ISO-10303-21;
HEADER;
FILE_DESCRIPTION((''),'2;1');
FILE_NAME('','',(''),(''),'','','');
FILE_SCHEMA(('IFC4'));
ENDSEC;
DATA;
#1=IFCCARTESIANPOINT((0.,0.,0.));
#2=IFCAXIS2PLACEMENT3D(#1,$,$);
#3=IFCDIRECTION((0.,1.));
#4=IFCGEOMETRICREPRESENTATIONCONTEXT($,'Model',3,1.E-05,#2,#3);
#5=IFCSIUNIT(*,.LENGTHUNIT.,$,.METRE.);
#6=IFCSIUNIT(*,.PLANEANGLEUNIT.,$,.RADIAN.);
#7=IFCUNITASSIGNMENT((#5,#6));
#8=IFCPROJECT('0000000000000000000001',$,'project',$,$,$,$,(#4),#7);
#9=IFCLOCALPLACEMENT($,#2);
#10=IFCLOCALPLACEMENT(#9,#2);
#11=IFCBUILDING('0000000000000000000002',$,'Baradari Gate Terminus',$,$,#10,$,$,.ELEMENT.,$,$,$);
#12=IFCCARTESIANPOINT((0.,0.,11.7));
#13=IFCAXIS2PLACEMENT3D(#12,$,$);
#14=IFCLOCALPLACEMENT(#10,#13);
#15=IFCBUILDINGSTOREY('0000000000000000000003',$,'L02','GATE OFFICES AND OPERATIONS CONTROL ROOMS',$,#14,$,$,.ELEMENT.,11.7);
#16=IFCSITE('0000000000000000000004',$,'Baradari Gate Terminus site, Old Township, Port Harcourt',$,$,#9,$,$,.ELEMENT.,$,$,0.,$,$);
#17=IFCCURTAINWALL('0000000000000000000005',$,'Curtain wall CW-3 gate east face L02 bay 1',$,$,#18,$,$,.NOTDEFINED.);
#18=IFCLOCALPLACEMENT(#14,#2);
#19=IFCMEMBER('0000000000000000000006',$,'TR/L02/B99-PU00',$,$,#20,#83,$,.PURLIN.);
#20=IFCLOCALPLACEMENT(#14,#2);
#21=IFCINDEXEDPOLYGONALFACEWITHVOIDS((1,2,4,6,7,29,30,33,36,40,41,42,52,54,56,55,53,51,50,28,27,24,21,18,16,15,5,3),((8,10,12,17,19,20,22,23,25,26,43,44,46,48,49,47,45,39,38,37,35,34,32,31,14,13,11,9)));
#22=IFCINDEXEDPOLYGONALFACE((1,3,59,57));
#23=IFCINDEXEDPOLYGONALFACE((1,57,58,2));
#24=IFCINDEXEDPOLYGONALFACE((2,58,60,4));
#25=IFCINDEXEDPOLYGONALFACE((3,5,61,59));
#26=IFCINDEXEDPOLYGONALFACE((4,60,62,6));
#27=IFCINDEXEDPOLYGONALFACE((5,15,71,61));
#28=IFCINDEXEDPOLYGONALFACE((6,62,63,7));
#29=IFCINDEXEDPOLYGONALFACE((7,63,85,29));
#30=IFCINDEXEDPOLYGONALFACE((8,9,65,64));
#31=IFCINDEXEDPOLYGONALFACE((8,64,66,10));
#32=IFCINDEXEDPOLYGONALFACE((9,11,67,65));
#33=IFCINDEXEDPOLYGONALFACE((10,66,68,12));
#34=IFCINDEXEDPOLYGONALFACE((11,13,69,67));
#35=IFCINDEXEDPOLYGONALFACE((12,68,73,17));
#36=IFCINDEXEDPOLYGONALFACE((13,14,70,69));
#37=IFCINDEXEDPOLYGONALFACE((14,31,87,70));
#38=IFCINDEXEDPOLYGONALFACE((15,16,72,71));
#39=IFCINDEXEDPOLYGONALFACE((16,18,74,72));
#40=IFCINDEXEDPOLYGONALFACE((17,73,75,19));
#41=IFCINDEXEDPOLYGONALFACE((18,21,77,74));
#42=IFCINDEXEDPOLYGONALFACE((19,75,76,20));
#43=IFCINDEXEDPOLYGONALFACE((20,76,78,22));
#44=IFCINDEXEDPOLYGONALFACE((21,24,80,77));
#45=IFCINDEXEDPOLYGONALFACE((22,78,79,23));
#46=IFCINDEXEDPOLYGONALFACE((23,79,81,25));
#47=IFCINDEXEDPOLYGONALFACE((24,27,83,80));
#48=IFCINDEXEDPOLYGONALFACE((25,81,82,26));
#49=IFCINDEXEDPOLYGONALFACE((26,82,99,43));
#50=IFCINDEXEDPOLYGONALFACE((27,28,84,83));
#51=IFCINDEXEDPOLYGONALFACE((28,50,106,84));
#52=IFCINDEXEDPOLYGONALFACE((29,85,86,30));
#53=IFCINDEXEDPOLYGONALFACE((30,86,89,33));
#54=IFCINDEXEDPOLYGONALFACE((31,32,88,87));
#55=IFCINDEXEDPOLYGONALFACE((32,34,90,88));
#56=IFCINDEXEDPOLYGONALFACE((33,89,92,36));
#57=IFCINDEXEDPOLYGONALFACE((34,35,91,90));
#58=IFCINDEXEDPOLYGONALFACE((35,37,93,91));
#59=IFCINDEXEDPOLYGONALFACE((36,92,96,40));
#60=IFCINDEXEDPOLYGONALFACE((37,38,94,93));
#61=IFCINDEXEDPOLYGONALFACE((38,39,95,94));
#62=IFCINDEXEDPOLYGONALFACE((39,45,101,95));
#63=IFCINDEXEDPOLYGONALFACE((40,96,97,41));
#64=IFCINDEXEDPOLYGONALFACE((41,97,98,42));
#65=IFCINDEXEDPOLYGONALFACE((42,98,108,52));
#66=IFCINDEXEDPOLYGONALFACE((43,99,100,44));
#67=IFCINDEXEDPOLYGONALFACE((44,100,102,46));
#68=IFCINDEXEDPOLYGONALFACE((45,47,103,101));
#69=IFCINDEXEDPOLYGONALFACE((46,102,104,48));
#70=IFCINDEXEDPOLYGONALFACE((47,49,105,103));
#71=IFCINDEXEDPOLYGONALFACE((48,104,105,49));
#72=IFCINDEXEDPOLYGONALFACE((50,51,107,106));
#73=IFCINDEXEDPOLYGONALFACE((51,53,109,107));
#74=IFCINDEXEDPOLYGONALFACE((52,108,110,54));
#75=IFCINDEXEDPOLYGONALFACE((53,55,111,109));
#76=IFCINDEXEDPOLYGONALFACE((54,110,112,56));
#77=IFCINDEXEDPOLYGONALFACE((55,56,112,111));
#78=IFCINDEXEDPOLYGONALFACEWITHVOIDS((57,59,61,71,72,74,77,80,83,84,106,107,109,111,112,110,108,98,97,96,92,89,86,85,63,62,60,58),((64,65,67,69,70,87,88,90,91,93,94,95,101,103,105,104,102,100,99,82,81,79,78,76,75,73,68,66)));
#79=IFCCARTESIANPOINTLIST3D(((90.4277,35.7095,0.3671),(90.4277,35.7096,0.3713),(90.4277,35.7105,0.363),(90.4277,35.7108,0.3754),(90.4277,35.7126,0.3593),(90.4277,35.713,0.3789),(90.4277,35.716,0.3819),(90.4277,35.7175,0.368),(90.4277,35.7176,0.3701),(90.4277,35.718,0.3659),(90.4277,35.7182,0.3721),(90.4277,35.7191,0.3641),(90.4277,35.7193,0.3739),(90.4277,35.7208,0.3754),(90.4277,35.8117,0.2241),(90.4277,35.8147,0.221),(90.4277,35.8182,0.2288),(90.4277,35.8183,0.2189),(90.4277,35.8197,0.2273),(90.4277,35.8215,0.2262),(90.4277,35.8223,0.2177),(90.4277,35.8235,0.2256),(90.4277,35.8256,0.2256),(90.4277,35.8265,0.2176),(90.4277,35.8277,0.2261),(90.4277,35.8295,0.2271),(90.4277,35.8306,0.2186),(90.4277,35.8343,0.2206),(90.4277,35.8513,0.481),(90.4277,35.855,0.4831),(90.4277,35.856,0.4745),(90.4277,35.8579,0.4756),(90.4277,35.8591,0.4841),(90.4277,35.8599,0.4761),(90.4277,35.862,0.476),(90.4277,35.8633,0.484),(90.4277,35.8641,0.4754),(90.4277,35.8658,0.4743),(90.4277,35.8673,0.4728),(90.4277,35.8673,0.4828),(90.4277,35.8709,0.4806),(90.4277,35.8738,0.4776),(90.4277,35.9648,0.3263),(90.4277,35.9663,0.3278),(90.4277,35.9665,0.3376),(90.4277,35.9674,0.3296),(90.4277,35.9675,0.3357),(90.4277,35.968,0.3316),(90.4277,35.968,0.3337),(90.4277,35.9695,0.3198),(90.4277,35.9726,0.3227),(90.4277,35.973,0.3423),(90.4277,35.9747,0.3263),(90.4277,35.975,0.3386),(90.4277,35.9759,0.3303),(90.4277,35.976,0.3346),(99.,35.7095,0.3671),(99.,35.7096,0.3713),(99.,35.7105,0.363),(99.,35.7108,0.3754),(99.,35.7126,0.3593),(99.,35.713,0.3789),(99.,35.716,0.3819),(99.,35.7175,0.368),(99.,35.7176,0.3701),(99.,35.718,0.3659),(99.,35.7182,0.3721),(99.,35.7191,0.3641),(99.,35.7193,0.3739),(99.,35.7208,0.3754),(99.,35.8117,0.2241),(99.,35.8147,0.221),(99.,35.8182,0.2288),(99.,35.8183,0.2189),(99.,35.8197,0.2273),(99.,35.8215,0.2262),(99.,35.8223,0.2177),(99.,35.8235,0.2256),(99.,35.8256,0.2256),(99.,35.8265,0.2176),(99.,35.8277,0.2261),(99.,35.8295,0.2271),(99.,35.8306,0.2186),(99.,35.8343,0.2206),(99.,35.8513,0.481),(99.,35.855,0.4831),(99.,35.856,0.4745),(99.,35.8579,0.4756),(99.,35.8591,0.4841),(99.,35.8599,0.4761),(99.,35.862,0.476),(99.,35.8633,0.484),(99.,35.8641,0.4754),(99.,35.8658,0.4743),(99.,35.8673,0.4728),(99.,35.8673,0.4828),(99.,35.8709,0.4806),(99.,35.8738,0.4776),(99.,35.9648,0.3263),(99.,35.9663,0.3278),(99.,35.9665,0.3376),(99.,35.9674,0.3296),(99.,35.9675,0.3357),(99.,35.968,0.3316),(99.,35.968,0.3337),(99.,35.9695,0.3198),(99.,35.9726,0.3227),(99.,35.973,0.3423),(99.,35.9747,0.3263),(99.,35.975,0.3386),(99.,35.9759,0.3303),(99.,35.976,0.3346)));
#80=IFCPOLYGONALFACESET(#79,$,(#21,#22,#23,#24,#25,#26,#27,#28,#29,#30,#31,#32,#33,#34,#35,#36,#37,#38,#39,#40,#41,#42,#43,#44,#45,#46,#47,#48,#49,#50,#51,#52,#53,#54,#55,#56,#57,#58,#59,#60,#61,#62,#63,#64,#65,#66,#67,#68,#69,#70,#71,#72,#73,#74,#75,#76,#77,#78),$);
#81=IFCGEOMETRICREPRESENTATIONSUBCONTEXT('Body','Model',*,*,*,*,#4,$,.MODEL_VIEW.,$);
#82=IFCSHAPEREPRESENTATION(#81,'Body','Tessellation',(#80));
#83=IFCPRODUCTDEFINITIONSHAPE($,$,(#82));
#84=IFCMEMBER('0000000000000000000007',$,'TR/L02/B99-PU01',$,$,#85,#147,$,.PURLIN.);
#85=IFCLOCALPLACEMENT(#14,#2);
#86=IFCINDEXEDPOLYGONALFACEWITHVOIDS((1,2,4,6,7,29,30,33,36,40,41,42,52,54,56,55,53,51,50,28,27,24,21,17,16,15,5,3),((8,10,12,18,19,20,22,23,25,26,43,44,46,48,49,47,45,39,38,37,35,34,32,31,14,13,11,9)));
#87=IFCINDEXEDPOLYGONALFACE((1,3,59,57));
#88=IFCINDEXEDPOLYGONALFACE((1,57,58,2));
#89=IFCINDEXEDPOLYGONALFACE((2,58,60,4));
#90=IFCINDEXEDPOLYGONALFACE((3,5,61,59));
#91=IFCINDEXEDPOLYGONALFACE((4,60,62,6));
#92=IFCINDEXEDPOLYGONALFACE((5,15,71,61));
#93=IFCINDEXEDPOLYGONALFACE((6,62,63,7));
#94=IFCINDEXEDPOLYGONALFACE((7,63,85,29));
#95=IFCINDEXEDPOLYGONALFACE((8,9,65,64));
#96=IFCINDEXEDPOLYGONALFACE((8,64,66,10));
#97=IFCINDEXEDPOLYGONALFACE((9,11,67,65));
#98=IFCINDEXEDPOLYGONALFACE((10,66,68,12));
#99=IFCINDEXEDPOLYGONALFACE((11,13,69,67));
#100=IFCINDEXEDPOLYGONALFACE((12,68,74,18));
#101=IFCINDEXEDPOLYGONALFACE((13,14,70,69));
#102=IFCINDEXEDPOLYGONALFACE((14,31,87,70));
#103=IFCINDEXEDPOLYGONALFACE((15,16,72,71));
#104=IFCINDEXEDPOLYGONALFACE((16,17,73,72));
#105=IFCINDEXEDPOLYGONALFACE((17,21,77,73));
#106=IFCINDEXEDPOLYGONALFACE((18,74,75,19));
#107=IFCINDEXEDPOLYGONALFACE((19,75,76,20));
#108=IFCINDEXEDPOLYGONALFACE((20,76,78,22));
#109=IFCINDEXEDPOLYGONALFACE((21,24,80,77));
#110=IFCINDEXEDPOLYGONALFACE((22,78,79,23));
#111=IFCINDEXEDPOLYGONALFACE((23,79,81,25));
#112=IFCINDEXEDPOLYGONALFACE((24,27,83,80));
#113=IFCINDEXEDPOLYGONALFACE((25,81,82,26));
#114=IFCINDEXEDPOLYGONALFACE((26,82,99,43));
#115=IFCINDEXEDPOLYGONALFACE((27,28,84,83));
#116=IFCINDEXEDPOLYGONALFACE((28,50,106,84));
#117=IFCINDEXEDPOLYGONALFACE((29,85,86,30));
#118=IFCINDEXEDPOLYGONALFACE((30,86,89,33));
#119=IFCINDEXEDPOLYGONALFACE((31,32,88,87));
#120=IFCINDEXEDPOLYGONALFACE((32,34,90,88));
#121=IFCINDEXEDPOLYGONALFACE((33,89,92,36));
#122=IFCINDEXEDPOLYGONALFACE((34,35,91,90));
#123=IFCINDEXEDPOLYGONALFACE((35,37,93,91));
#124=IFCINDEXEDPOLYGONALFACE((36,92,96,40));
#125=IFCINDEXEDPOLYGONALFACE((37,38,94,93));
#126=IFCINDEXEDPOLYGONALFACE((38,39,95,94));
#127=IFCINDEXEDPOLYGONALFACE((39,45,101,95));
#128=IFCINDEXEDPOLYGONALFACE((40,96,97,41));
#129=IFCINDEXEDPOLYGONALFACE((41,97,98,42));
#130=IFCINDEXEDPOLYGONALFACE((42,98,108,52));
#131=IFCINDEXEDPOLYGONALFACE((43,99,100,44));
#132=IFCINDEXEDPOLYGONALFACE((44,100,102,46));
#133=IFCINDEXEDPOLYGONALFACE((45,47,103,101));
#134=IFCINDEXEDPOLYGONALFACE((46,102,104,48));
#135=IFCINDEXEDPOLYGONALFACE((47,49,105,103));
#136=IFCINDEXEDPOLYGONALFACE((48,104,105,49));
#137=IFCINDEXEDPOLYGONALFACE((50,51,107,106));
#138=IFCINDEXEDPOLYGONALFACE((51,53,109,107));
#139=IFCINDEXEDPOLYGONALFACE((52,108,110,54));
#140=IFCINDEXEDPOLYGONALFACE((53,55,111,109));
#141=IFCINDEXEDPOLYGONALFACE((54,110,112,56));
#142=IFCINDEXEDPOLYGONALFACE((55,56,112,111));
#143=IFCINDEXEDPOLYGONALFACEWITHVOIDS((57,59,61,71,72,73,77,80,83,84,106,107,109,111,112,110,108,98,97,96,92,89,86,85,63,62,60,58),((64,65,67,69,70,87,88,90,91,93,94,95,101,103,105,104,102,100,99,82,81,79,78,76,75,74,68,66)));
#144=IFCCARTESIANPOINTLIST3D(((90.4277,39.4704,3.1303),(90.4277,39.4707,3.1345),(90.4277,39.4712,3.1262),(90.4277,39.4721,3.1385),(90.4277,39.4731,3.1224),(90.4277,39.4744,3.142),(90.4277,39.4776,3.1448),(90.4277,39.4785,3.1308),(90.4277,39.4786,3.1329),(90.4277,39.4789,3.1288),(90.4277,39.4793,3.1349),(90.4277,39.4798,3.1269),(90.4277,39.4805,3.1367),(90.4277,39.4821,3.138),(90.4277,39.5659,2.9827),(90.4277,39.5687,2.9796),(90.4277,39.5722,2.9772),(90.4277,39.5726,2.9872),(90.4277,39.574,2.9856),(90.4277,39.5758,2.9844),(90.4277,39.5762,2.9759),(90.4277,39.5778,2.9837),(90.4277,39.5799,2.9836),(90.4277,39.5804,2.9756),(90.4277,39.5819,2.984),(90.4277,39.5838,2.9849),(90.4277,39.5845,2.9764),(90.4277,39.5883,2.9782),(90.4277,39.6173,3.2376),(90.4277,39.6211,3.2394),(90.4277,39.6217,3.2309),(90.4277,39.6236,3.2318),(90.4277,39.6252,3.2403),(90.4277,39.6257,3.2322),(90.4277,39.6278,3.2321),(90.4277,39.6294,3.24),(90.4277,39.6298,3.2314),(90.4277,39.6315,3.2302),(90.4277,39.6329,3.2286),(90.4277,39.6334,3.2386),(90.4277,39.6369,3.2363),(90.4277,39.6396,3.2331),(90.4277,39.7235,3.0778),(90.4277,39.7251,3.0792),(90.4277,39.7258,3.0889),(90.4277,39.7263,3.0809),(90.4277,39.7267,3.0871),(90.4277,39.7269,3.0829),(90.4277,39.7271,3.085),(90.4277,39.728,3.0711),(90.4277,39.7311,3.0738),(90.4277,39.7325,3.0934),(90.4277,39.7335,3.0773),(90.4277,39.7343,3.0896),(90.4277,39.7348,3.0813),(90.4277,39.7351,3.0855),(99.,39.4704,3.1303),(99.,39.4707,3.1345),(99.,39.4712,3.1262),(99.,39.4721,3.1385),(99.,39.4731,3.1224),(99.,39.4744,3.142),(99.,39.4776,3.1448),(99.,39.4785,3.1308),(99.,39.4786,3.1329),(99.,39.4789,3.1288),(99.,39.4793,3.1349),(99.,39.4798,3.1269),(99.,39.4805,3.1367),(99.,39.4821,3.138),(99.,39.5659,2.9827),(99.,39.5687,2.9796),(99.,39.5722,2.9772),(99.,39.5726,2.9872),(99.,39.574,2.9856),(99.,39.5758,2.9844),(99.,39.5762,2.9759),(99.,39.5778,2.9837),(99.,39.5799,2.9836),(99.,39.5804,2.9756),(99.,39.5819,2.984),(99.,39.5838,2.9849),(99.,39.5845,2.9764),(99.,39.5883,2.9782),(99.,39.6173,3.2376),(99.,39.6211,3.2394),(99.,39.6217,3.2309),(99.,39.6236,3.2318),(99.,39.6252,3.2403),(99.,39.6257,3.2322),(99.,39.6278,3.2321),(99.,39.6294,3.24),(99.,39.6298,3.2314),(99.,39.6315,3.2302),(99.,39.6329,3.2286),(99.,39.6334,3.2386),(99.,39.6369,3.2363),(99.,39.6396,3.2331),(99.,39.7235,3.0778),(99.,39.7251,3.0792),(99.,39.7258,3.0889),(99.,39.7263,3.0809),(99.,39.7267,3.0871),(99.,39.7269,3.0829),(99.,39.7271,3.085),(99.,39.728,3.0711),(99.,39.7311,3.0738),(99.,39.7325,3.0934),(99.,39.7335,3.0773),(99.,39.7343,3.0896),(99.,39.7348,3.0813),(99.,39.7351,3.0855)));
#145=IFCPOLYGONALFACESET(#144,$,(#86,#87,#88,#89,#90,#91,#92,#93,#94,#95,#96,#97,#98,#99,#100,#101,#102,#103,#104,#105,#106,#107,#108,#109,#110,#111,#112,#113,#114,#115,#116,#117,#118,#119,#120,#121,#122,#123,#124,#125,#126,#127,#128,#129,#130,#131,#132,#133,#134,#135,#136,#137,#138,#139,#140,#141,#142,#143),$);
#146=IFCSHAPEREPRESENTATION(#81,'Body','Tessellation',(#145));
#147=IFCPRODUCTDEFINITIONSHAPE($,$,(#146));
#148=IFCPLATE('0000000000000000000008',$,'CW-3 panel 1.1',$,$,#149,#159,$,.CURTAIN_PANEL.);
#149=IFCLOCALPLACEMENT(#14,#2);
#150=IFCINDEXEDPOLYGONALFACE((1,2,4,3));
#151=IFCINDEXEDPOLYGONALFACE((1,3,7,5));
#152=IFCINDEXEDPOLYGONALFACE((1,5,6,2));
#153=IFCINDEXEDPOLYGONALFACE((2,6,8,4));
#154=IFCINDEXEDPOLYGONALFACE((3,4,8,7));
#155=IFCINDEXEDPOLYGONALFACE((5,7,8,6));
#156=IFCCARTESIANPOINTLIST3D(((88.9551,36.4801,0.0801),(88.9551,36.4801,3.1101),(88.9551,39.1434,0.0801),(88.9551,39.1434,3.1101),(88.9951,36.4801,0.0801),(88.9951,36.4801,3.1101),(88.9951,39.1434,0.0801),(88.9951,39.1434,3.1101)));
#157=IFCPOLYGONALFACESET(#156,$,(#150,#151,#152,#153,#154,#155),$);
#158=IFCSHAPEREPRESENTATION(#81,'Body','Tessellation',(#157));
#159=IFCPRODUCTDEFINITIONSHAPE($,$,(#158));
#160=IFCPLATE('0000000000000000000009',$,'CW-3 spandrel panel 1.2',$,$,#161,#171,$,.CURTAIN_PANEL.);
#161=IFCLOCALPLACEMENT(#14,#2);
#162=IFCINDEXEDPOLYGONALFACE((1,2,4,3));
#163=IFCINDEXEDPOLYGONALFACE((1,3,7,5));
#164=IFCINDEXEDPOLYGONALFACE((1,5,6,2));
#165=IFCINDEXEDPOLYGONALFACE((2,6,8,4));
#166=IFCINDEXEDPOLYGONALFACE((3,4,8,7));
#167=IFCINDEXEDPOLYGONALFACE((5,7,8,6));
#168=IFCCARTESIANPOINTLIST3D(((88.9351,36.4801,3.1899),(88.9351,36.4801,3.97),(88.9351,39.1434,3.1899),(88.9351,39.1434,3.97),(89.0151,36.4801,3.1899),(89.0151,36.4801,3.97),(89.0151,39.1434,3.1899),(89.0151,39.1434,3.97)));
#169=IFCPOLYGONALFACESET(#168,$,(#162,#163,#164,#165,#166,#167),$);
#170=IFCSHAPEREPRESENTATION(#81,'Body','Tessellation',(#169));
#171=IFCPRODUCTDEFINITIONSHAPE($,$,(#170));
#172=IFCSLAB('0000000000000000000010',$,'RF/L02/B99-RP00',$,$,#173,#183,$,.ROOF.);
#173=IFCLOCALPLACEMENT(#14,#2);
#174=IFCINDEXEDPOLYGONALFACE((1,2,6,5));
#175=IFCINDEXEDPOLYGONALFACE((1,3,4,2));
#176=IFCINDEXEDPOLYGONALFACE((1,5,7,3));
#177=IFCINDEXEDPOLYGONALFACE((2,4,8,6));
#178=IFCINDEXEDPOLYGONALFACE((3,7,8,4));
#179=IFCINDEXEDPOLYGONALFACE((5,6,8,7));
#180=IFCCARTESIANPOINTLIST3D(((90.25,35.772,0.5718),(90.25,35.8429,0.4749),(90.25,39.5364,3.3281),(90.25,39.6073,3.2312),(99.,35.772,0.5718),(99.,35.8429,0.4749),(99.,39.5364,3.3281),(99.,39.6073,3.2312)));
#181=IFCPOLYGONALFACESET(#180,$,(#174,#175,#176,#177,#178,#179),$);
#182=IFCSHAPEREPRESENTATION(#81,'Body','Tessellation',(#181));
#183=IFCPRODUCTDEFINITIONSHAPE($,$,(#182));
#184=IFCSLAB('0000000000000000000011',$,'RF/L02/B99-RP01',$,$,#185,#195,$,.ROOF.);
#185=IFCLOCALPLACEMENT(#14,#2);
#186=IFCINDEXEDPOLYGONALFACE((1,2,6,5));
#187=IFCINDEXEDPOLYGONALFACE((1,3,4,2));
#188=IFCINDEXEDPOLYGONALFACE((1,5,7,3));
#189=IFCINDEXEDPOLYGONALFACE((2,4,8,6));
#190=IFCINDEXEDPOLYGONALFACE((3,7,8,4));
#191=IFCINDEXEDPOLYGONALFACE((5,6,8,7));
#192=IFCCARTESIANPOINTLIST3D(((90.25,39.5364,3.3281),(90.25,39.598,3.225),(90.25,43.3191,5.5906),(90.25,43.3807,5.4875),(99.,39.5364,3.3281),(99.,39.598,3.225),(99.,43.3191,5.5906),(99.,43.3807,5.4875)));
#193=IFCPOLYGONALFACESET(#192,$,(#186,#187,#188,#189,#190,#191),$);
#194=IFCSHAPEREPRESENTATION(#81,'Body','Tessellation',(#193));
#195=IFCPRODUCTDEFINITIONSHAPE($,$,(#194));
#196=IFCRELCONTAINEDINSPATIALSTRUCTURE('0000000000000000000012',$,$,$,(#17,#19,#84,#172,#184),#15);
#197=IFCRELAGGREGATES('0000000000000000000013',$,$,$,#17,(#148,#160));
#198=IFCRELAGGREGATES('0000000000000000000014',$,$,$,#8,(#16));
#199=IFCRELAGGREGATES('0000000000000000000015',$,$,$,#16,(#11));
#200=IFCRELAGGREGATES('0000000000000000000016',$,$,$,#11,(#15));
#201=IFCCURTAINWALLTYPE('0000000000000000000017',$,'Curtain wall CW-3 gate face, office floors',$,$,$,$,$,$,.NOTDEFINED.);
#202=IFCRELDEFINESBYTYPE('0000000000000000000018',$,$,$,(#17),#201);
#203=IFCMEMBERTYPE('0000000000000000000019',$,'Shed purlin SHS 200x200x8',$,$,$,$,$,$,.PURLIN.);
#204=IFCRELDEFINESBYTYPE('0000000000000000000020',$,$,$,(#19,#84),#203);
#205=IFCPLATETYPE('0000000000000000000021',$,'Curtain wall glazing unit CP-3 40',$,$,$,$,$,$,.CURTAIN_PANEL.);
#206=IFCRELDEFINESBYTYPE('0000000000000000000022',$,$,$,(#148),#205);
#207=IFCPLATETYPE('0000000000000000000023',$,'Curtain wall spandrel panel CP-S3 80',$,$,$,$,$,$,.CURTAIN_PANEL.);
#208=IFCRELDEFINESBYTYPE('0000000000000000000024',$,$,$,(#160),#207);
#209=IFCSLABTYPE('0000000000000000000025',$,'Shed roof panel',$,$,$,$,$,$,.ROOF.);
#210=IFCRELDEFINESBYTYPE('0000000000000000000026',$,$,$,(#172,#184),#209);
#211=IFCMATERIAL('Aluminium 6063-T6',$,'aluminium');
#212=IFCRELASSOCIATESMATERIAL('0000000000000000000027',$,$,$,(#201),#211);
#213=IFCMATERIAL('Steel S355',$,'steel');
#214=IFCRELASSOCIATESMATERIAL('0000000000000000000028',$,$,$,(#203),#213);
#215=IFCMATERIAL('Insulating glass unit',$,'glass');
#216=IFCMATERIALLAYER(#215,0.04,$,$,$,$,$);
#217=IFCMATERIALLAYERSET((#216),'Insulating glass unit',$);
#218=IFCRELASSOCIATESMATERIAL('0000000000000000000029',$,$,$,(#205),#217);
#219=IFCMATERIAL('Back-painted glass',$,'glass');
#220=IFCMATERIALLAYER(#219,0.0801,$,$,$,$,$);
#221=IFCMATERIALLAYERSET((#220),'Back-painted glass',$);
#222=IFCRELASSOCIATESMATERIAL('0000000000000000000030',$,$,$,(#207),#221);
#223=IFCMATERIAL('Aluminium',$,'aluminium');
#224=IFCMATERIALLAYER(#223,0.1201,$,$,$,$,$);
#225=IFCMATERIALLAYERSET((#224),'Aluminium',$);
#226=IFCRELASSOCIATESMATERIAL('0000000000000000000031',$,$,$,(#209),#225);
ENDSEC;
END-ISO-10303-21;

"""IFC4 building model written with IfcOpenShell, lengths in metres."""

from ifc_helpers import new_model, si_unit, direction, frame, origin, origin_2d, place, context, subcontext, project, spatial, polyline, rectangle, hollow_rectangle, outline, extrude, material, layer, layer_set, material_profile, profile_set, type_object, element, aggregate, save


model = new_model("IFC4")

# Units and contexts
model_context = context("Model", 3, precision=1e-05, world=origin(), true_north=direction((0.0, 1.0)))
body_context = subcontext(model_context, "Body", "Model", "MODEL_VIEW")
ifc_project = project(units=[si_unit("LENGTHUNIT", "METRE"), si_unit("PLANEANGLEUNIT", "RADIAN")], contexts=[model_context])

# Site, building, storey
site_placement = place(None, origin())
site = spatial("IfcSite", under=ifc_project, at=site_placement, Name="Baradari Gate Terminus site, Old Township, Port Harcourt", CompositionType="ELEMENT", RefElevation=0.0)
building_placement = place(site_placement, origin())
building = spatial("IfcBuilding", under=site, at=building_placement, Name="Baradari Gate Terminus", CompositionType="ELEMENT")
storey_placement = place(building_placement, frame((0.0, 0.0, 11.7)))
storey = spatial("IfcBuildingStorey", under=building, at=storey_placement, Name="L02", Description="GATE OFFICES AND OPERATIONS CONTROL ROOMS", CompositionType="ELEMENT", Elevation=11.7)

# Curtain wall
ifc_material_1 = material(Name="Aluminium 6063-T6", Category="aluminium")
curtain_wall_type = type_object("IfcCurtainWallType", Name="Curtain wall CW-3 gate face, office floors", PredefinedType="NOTDEFINED", material=ifc_material_1)
curtain_wall_placement = place(storey_placement, origin())
curtain_wall = element("IfcCurtainWall", 1, at=curtain_wall_placement, inside=storey, type_object=curtain_wall_type, Name="Curtain wall CW-3 gate east face L02 bay 1", PredefinedType="NOTDEFINED")

# Members
ifc_material_2 = material(Name="Steel S355", Category="steel")
ifc_material_profile_1 = material_profile(ifc_material_2, hollow_rectangle(XDim=0.2, YDim=0.2, WallThickness=0.0081, InnerFilletRadius=0.0081, OuterFilletRadius=0.0161, at=origin_2d()), Name="SHS 200x200x8")
ifc_profile_set_1 = profile_set([ifc_material_profile_1], Name="Steel S355")
member_type_1 = type_object("IfcMemberType", Name="Shed purlin SHS 200x200x8", PredefinedType="PURLIN", material=ifc_profile_set_1)
for number, where, z_axis, x_axis, name in (
    (2, (90.4277, 35.8428, 0.3508), (1.0, 0.0, 0.0), (0.0, 0.806405, 0.591364), "TR/L02/B99-PU00"),
    (3, (90.4277, 39.6028, 3.1079), (1.0, 0.0, 0.0), (0.0, 0.832836, 0.553519), "TR/L02/B99-PU01"),
):
    element("IfcMember", number, at=place(storey_placement, frame(where, z_axis=z_axis, x_axis=x_axis)), inside=storey, type_object=member_type_1, Name=name, PredefinedType="PURLIN", context=body_context, shape_type="SweptSolid", body=[
        extrude(hollow_rectangle(XDim=0.2, YDim=0.2, WallThickness=0.0081, InnerFilletRadius=0.0081, OuterFilletRadius=0.0161, at=origin_2d()), origin(), (0.0, 0.0, 1.0), 8.5723),
    ])

# Plates
ifc_material_3 = material(Name="Insulating glass unit", Category="glass")
ifc_layer_1 = layer(ifc_material_3, 0.04)
ifc_layer_set_1 = layer_set([ifc_layer_1], Name="Insulating glass unit")
plate_type_1 = type_object("IfcPlateType", Name="Curtain wall glazing unit CP-3 40", PredefinedType="CURTAIN_PANEL", material=ifc_layer_set_1)
plate_1_placement = place(storey_placement, frame((88.9751, 37.8118, 0.0801), z_axis=(0.0, 0.0, 1.0), x_axis=(0.0, 1.0, 0.0)))
plate_1 = element("IfcPlate", 4, at=plate_1_placement, type_object=plate_type_1, Name="CW-3 panel 1.1", PredefinedType="CURTAIN_PANEL", context=body_context, shape_type="SweptSolid", body=[
    extrude(rectangle(XDim=2.6633, YDim=0.04, at=origin_2d()), origin(), (0.0, 0.0, 1.0), 3.03),
])
ifc_material_4 = material(Name="Back-painted glass", Category="glass")
ifc_layer_2 = layer(ifc_material_4, 0.0801)
ifc_layer_set_2 = layer_set([ifc_layer_2], Name="Back-painted glass")
plate_type_2 = type_object("IfcPlateType", Name="Curtain wall spandrel panel CP-S3 80", PredefinedType="CURTAIN_PANEL", material=ifc_layer_set_2)
plate_2_placement = place(storey_placement, frame((88.9751, 37.8118, 3.1899), z_axis=(0.0, 0.0, 1.0), x_axis=(0.0, 1.0, 0.0)))
plate_2 = element("IfcPlate", 5, at=plate_2_placement, type_object=plate_type_2, Name="CW-3 spandrel panel 1.2", PredefinedType="CURTAIN_PANEL", context=body_context, shape_type="SweptSolid", body=[
    extrude(rectangle(XDim=2.6633, YDim=0.0801, at=origin_2d()), origin(), (0.0, 0.0, 1.0), 0.78),
])
aggregate(curtain_wall, [plate_1, plate_2])

# Slabs
ifc_material_5 = material(Name="Aluminium", Category="aluminium")
ifc_layer_3 = layer(ifc_material_5, 0.1201)
ifc_layer_set_3 = layer_set([ifc_layer_3], Name="Aluminium")
slab_type = type_object("IfcSlabType", Name="Shed roof panel", PredefinedType="ROOF", material=ifc_layer_set_3)
slab_1_placement = place(storey_placement, frame((90.25, 35.772, 0.5718), z_axis=(0.0, -0.590776, 0.806836), x_axis=(1.0, 0.0, 0.0)))
element("IfcSlab", 6, at=slab_1_placement, inside=storey, type_object=slab_type, Name="RF/L02/B99-RP00", PredefinedType="ROOF", context=body_context, shape_type="SweptSolid", body=[
    extrude(outline(polyline([(0.0, 0.0), (8.75, 0.0), (8.75, 4.6656), (0.0, 4.6656), (0.0, 0.0)])), origin(), (0.0, 0.0, -1.0), 0.1201),
])
slab_2_placement = place(storey_placement, frame((90.25, 39.5364, 3.3281), z_axis=(0.0, -0.513298, 0.858211), x_axis=(1.0, 0.0, 0.0)))
element("IfcSlab", 7, at=slab_2_placement, inside=storey, type_object=slab_type, Name="RF/L02/B99-RP01", PredefinedType="ROOF", context=body_context, shape_type="SweptSolid", body=[
    extrude(outline(polyline([(0.0, 0.0), (8.75, 0.0), (8.75, 4.4077), (0.0, 4.4077), (0.0, 0.0)])), origin(), (0.0, 0.0, -1.0), 0.1201),
])

save(model, "model.ifc")
